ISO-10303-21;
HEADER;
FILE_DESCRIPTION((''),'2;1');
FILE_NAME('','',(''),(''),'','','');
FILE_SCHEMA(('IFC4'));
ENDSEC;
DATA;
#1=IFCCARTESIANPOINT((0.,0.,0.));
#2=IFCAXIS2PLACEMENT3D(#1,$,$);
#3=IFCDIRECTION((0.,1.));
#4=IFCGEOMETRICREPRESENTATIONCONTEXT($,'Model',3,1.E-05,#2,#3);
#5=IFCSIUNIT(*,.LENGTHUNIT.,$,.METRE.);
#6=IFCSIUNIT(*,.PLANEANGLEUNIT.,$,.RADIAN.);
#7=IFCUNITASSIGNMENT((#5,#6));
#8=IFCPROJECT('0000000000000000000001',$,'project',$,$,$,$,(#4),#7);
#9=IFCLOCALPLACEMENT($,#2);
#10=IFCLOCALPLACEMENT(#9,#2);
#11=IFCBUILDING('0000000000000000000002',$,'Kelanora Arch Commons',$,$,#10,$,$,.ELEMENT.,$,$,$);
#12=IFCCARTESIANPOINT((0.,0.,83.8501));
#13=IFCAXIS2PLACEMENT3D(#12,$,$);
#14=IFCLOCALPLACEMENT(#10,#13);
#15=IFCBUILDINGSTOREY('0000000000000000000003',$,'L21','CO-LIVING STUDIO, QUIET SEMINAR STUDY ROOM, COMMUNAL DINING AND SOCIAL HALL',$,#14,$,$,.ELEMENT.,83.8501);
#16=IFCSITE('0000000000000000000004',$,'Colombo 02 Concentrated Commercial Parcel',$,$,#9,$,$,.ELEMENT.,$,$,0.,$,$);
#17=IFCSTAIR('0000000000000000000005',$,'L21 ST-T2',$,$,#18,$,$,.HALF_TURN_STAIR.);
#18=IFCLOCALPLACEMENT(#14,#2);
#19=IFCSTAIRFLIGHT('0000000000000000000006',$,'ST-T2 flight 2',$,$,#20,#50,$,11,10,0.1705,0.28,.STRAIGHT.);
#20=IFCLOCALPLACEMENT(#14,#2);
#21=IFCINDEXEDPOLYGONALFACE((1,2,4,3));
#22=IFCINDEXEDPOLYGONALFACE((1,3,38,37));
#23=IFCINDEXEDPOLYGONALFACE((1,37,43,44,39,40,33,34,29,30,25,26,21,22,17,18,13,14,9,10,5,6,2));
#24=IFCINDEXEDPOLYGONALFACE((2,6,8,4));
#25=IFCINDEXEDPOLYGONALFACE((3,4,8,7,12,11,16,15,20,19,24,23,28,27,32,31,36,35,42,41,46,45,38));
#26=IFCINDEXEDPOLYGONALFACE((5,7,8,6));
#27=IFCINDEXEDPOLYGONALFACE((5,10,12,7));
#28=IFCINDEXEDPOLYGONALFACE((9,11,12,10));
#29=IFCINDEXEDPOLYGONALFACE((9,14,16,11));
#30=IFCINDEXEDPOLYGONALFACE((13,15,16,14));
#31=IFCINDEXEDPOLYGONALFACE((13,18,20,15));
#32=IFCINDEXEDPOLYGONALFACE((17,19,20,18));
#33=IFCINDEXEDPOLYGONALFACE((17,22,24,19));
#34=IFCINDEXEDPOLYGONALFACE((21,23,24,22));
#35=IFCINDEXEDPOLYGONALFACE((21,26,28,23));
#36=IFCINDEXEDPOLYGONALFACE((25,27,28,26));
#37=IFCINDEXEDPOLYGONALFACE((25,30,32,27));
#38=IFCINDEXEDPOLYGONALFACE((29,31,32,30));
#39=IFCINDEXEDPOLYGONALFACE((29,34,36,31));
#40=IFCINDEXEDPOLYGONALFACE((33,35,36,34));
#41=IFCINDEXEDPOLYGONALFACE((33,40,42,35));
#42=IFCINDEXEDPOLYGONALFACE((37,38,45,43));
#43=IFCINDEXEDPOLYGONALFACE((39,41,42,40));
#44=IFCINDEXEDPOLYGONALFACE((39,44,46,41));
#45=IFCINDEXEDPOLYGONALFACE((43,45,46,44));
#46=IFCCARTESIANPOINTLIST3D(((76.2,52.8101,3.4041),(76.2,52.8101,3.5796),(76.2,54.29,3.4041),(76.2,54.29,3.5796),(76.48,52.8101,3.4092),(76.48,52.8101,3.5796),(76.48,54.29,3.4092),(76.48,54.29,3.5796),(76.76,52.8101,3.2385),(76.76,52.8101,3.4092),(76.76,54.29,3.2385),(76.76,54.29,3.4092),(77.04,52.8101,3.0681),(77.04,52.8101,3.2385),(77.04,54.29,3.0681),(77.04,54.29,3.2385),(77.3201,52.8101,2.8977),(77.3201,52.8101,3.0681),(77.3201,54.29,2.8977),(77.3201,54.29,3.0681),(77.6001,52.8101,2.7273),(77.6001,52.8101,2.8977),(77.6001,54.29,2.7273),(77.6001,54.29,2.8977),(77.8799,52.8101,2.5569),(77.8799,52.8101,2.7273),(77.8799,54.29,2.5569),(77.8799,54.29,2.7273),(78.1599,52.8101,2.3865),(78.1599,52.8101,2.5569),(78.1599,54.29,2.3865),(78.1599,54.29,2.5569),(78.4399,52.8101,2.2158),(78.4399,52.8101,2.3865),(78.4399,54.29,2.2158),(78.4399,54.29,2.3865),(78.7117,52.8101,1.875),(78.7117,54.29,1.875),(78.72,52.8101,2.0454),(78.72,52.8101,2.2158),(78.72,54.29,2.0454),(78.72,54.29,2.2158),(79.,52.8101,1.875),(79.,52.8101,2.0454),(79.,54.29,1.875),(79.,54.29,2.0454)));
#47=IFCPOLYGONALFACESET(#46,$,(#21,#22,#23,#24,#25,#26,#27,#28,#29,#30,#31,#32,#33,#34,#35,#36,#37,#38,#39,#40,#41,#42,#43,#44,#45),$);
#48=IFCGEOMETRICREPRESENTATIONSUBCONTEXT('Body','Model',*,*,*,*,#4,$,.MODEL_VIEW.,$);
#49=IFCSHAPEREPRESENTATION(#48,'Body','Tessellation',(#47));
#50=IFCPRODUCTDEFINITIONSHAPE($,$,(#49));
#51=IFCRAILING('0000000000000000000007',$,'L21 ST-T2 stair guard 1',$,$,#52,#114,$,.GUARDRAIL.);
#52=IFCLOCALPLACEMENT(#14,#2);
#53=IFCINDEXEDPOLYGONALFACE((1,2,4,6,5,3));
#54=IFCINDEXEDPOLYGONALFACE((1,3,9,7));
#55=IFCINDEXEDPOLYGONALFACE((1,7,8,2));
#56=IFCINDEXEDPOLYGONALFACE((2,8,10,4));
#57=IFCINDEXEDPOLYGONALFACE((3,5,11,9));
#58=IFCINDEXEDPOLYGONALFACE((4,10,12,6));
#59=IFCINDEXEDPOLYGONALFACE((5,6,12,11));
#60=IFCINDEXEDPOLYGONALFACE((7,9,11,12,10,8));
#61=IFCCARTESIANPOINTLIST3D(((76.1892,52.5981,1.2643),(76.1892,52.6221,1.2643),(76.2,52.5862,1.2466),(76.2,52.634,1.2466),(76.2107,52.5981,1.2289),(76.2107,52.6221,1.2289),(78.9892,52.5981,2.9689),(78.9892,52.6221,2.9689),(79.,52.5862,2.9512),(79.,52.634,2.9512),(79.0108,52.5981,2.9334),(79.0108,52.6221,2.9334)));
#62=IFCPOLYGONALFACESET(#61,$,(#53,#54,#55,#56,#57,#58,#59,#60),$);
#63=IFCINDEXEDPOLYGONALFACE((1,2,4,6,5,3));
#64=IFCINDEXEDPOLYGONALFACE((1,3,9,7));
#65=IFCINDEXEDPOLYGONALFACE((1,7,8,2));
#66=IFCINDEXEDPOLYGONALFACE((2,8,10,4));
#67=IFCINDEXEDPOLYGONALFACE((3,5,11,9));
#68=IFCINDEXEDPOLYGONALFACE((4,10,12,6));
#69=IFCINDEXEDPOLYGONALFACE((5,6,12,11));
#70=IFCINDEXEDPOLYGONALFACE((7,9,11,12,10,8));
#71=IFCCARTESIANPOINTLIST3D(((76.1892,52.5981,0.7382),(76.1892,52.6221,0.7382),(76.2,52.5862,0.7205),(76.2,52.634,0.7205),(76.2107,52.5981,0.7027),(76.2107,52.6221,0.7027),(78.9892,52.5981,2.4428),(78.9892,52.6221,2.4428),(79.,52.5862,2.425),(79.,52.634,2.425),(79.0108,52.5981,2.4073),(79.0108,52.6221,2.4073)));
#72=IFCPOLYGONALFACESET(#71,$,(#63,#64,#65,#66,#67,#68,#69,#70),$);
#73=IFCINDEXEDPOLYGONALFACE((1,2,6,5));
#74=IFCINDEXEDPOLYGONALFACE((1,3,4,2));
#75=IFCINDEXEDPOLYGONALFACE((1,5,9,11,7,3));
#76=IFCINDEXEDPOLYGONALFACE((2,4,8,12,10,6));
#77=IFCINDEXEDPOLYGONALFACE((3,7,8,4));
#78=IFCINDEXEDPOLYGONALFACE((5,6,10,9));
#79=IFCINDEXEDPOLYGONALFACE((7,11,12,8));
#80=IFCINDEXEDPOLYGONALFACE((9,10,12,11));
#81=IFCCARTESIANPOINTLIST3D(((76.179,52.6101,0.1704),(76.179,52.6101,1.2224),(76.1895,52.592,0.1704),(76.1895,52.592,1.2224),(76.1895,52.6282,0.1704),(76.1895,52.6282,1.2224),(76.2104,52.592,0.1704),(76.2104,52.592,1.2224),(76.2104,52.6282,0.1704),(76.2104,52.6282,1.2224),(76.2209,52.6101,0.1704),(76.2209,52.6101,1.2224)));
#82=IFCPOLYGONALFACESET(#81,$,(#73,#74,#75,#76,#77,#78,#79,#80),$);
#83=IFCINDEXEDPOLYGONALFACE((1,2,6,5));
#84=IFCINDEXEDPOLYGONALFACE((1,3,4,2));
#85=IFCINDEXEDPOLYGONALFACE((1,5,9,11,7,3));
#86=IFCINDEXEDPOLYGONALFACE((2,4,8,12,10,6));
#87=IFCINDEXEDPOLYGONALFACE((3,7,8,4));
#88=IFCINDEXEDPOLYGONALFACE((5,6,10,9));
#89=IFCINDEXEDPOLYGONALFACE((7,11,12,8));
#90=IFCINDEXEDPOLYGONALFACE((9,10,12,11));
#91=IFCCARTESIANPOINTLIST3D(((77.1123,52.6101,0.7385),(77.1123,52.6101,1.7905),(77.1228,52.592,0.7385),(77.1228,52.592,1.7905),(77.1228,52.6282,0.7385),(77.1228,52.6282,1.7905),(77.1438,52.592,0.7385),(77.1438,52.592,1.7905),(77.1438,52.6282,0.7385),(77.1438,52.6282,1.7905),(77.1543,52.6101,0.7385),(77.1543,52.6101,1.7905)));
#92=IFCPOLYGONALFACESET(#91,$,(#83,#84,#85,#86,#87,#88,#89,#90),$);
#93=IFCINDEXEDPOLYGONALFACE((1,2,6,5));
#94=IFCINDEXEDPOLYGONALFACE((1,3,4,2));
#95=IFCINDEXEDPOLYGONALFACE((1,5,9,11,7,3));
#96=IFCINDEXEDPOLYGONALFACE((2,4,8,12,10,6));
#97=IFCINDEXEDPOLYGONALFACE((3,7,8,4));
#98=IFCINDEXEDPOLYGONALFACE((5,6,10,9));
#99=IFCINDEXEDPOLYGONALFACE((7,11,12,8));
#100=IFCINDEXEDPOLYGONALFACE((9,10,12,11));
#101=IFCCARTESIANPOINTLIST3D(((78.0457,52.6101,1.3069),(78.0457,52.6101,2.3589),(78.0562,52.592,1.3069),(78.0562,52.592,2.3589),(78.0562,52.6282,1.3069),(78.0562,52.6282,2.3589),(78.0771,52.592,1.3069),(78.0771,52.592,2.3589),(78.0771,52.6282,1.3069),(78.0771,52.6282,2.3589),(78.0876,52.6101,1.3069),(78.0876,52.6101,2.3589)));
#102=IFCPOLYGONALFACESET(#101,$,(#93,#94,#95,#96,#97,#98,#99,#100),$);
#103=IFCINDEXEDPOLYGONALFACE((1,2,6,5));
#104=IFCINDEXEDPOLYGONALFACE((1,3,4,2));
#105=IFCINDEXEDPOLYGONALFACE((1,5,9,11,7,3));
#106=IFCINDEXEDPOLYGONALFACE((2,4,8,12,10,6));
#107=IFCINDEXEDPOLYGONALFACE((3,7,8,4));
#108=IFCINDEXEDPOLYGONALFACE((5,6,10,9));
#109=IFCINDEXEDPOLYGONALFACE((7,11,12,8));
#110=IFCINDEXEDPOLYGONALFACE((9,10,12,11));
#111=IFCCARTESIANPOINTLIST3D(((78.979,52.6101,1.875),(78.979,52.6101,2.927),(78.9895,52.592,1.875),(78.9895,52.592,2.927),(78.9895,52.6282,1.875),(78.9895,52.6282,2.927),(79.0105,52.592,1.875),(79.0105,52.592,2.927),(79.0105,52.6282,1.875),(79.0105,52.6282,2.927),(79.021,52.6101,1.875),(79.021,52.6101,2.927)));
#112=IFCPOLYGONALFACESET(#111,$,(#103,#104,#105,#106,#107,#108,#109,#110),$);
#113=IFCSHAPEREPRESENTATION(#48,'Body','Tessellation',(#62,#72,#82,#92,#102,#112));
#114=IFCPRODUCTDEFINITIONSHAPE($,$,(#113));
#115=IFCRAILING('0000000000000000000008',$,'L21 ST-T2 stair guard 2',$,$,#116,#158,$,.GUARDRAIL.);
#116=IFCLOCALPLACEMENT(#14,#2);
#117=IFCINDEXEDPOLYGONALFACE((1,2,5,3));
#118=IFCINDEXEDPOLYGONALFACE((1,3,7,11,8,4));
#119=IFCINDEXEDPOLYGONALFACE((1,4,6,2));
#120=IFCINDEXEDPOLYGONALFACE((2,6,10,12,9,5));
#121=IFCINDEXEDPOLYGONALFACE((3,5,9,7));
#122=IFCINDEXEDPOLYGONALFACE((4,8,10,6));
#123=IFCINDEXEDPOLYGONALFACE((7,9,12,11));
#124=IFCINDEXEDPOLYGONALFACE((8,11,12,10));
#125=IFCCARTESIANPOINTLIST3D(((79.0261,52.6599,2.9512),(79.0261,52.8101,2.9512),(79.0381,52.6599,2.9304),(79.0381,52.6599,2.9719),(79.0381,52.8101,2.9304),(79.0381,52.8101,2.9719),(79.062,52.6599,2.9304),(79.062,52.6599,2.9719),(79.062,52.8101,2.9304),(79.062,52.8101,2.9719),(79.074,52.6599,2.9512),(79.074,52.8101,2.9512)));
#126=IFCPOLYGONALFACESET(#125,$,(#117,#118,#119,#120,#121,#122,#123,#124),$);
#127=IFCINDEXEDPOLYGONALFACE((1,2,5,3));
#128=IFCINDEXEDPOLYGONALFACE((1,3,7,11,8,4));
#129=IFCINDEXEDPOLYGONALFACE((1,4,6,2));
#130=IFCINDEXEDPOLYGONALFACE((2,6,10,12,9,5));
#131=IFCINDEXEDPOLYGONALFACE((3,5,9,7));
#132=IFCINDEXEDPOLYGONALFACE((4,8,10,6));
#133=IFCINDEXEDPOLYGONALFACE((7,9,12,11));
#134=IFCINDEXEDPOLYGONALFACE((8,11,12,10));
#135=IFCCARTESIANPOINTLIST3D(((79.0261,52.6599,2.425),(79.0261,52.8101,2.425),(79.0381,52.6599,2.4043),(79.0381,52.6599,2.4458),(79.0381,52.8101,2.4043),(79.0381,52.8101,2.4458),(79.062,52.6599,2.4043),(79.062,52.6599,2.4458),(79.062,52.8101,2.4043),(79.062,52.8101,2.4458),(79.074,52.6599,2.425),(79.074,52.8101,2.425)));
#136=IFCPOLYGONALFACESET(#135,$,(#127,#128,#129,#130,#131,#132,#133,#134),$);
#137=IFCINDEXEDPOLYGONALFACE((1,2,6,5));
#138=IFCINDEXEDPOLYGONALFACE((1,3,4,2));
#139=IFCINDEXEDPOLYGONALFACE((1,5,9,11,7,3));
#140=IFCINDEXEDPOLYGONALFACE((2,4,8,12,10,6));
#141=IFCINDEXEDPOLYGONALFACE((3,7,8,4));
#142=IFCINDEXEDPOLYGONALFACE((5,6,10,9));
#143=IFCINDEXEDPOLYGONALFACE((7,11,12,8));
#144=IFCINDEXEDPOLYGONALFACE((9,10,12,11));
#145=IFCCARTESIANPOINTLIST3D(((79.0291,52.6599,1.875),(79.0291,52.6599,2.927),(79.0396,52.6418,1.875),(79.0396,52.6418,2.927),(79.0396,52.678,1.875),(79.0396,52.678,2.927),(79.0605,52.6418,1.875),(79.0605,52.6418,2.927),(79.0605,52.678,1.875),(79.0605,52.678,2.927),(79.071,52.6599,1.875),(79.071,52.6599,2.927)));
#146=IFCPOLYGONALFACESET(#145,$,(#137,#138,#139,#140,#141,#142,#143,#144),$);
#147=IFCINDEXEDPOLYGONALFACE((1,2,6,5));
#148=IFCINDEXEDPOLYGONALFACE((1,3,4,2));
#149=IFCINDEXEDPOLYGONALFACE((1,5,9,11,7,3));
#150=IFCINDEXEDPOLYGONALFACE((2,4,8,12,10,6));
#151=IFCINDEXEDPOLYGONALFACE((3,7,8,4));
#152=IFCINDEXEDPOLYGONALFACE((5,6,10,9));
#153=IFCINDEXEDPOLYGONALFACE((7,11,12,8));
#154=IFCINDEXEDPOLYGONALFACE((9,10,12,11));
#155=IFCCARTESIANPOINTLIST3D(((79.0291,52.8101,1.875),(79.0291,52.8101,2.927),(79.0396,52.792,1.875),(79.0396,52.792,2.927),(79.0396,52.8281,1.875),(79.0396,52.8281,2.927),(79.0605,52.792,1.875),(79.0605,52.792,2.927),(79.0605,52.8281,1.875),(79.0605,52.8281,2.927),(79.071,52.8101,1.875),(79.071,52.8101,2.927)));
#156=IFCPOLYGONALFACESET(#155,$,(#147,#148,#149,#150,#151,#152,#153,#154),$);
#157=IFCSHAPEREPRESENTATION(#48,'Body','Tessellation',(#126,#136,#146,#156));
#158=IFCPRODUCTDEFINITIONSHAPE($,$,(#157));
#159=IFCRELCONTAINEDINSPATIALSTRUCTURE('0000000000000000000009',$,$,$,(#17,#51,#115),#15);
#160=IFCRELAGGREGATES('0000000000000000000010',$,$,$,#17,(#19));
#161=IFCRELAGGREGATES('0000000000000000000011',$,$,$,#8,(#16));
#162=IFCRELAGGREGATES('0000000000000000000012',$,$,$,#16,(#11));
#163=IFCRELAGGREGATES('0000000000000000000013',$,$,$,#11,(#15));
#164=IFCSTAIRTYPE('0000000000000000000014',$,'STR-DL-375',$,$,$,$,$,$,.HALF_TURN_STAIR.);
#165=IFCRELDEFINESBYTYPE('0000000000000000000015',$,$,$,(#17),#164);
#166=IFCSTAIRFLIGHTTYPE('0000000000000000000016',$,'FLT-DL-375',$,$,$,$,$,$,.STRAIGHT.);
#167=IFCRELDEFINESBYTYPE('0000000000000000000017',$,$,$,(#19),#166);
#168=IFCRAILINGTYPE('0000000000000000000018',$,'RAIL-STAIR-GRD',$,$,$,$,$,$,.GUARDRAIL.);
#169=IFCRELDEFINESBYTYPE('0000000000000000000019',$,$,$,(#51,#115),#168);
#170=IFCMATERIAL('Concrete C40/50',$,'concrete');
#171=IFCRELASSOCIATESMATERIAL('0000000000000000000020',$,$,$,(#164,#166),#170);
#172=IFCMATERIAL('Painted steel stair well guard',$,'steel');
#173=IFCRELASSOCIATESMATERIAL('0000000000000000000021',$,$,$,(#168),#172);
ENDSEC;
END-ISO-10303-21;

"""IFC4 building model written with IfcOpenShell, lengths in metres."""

from ifc_helpers import new_model, si_unit, direction, frame, origin, place, context, subcontext, project, spatial, polyline, outline, extrude, material, type_object, element, aggregate, save


model = new_model("IFC4")

# Units and contexts
model_context = context("Model", 3, precision=1e-05, world=origin(), true_north=direction((0.0, 1.0)))
body_context = subcontext(model_context, "Body", "Model", "MODEL_VIEW")
ifc_project = project(units=[si_unit("LENGTHUNIT", "METRE"), si_unit("PLANEANGLEUNIT", "RADIAN")], contexts=[model_context])

# Site, building, storey
site_placement = place(None, origin())
site = spatial("IfcSite", under=ifc_project, at=site_placement, Name="Colombo 02 Concentrated Commercial Parcel", CompositionType="ELEMENT", RefElevation=0.0)
building_placement = place(site_placement, origin())
building = spatial("IfcBuilding", under=site, at=building_placement, Name="Kelanora Arch Commons", CompositionType="ELEMENT")
storey_placement = place(building_placement, frame((0.0, 0.0, 83.8501)))
storey = spatial("IfcBuildingStorey", under=building, at=storey_placement, Name="L21", Description="CO-LIVING STUDIO, QUIET SEMINAR STUDY ROOM, COMMUNAL DINING AND SOCIAL HALL", CompositionType="ELEMENT", Elevation=83.8501)

# Shared definitions
ifc_material_1 = material(Name="Concrete C40/50", Category="concrete")

# Stair, stair flight
stair_type = type_object("IfcStairType", Name="STR-DL-375", PredefinedType="HALF_TURN_STAIR", material=ifc_material_1)
stair_placement = place(storey_placement, origin())
stair = element("IfcStair", 1, at=stair_placement, inside=storey, type_object=stair_type, Name="L21 ST-T2", PredefinedType="HALF_TURN_STAIR")
stair_flight_type = type_object("IfcStairFlightType", Name="FLT-DL-375", PredefinedType="STRAIGHT", material=ifc_material_1)
stair_flight_1_placement = place(storey_placement, frame((79.0, 53.55, 1.875), z_axis=(0.0, 0.0, 1.0), x_axis=(-1.0, 0.0, 0.0)))
stair_flight_1 = element("IfcStairFlight", 2, at=stair_flight_1_placement, type_object=stair_flight_type, Name="ST-T2 flight 2", NumberOfRisers=11, NumberOfTreads=10, PredefinedType="STRAIGHT", RiserHeight=0.1705, TreadLength=0.28, context=body_context, shape_type="SweptSolid", body=[
    extrude(outline(polyline([(0.0, 0.0), (0.0, 0.1704), (0.28, 0.1704), (0.28, 0.3408), (0.5601, 0.3408), (0.5601, 0.5115), (0.8401, 0.5115), (0.8401, 0.6819), (1.1201, 0.6819), (1.1201, 0.8523), (1.3999, 0.8523), (1.3999, 1.0227), (1.6799, 1.0227), (1.6799, 1.1931), (1.96, 1.1931), (1.96, 1.3635), (2.24, 1.3635), (2.24, 1.5342), (2.52, 1.5342), (2.52, 1.7046), (2.8, 1.7046), (2.8, 1.875), (2.8, 1.5291), (0.2883, 0.0), (0.0, 0.0)])), frame((0.0, 0.74, 0.0), z_axis=(0.0, -1.0, 0.0), x_axis=(1.0, 0.0, 0.0)), (0.0, 0.0, 1.0), 1.48),
])
aggregate(stair, [stair_flight_1])

# Railings
ifc_material_2 = material(Name="Painted steel stair well guard", Category="steel")
railing_type_1 = type_object("IfcRailingType", Name="RAIL-STAIR-GRD", PredefinedType="GUARDRAIL", material=ifc_material_2)
railing_1_placement = place(storey_placement, frame((76.2, 52.6101, 0.1704)))
element("IfcRailing", 3, at=railing_1_placement, inside=storey, type_object=railing_type_1, Name="L21 ST-T2 stair guard 1", PredefinedType="GUARDRAIL", context=body_context, shape_type="SweptSolid", body=[
    extrude(outline(polyline([(0.0239, 0.0), (0.012, 0.0208), (-0.012, 0.0208), (-0.0239, 0.0), (-0.012, -0.0208), (0.012, -0.0208), (0.0239, 0.0)])), frame((0.0, 0.0, 1.0762), z_axis=(0.85417, 0.0, 0.519994), x_axis=(0.0, 1.0, 0.0)), (0.0, 0.0, 1.0), 3.2781),
    extrude(outline(polyline([(0.0239, 0.0), (0.012, 0.0208), (-0.012, 0.0208), (-0.0239, 0.0), (-0.012, -0.0208), (0.012, -0.0208), (0.0239, 0.0)])), frame((0.0, 0.0, 0.55), z_axis=(0.85417, 0.0, 0.519994), x_axis=(0.0, 1.0, 0.0)), (0.0, 0.0, 1.0), 3.2781),
    extrude(outline(polyline([(0.021, 0.0), (0.0105, 0.0181), (-0.0105, 0.0181), (-0.021, 0.0), (-0.0105, -0.0181), (0.0105, -0.0181), (0.021, 0.0)])), origin(), (0.0, 0.0, 1.0), 1.052),
    extrude(outline(polyline([(0.021, 0.0), (0.0105, 0.0181), (-0.0105, 0.0181), (-0.021, 0.0), (-0.0105, -0.0181), (0.0105, -0.0181), (0.021, 0.0)])), frame((0.9333, 0.0, 0.5681)), (0.0, 0.0, 1.0), 1.052),
    extrude(outline(polyline([(0.021, 0.0), (0.0105, 0.0181), (-0.0105, 0.0181), (-0.021, 0.0), (-0.0105, -0.0181), (0.0105, -0.0181), (0.021, 0.0)])), frame((1.8667, 0.0, 1.1365)), (0.0, 0.0, 1.0), 1.052),
    extrude(outline(polyline([(0.021, 0.0), (0.0105, 0.0181), (-0.0105, 0.0181), (-0.021, 0.0), (-0.0105, -0.0181), (0.0105, -0.0181), (0.021, 0.0)])), frame((2.8, 0.0, 1.7046)), (0.0, 0.0, 1.0), 1.052),
])
railing_2_placement = place(storey_placement, frame((79.05, 52.6599, 1.875)))
element("IfcRailing", 4, at=railing_2_placement, inside=storey, type_object=railing_type_1, Name="L21 ST-T2 stair guard 2", PredefinedType="GUARDRAIL", context=body_context, shape_type="SweptSolid", body=[
    extrude(outline(polyline([(0.0239, 0.0), (0.012, 0.0208), (-0.012, 0.0208), (-0.0239, 0.0), (-0.012, -0.0208), (0.012, -0.0208), (0.0239, 0.0)])), frame((0.0, 0.0, 1.0762), z_axis=(0.0, 1.0, 0.0), x_axis=(-1.0, 0.0, 0.0)), (0.0, 0.0, 1.0), 0.1501),
    extrude(outline(polyline([(0.0239, 0.0), (0.012, 0.0208), (-0.012, 0.0208), (-0.0239, 0.0), (-0.012, -0.0208), (0.012, -0.0208), (0.0239, 0.0)])), frame((0.0, 0.0, 0.55), z_axis=(0.0, 1.0, 0.0), x_axis=(-1.0, 0.0, 0.0)), (0.0, 0.0, 1.0), 0.1501),
    extrude(outline(polyline([(0.021, 0.0), (0.0105, 0.0181), (-0.0105, 0.0181), (-0.021, 0.0), (-0.0105, -0.0181), (0.0105, -0.0181), (0.021, 0.0)])), origin(), (0.0, 0.0, 1.0), 1.052),
    extrude(outline(polyline([(0.021, 0.0), (0.0105, 0.0181), (-0.0105, 0.0181), (-0.021, 0.0), (-0.0105, -0.0181), (0.0105, -0.0181), (0.021, 0.0)])), frame((0.0, 0.1501, 0.0)), (0.0, 0.0, 1.0), 1.052),
])

save(model, "model.ifc")
